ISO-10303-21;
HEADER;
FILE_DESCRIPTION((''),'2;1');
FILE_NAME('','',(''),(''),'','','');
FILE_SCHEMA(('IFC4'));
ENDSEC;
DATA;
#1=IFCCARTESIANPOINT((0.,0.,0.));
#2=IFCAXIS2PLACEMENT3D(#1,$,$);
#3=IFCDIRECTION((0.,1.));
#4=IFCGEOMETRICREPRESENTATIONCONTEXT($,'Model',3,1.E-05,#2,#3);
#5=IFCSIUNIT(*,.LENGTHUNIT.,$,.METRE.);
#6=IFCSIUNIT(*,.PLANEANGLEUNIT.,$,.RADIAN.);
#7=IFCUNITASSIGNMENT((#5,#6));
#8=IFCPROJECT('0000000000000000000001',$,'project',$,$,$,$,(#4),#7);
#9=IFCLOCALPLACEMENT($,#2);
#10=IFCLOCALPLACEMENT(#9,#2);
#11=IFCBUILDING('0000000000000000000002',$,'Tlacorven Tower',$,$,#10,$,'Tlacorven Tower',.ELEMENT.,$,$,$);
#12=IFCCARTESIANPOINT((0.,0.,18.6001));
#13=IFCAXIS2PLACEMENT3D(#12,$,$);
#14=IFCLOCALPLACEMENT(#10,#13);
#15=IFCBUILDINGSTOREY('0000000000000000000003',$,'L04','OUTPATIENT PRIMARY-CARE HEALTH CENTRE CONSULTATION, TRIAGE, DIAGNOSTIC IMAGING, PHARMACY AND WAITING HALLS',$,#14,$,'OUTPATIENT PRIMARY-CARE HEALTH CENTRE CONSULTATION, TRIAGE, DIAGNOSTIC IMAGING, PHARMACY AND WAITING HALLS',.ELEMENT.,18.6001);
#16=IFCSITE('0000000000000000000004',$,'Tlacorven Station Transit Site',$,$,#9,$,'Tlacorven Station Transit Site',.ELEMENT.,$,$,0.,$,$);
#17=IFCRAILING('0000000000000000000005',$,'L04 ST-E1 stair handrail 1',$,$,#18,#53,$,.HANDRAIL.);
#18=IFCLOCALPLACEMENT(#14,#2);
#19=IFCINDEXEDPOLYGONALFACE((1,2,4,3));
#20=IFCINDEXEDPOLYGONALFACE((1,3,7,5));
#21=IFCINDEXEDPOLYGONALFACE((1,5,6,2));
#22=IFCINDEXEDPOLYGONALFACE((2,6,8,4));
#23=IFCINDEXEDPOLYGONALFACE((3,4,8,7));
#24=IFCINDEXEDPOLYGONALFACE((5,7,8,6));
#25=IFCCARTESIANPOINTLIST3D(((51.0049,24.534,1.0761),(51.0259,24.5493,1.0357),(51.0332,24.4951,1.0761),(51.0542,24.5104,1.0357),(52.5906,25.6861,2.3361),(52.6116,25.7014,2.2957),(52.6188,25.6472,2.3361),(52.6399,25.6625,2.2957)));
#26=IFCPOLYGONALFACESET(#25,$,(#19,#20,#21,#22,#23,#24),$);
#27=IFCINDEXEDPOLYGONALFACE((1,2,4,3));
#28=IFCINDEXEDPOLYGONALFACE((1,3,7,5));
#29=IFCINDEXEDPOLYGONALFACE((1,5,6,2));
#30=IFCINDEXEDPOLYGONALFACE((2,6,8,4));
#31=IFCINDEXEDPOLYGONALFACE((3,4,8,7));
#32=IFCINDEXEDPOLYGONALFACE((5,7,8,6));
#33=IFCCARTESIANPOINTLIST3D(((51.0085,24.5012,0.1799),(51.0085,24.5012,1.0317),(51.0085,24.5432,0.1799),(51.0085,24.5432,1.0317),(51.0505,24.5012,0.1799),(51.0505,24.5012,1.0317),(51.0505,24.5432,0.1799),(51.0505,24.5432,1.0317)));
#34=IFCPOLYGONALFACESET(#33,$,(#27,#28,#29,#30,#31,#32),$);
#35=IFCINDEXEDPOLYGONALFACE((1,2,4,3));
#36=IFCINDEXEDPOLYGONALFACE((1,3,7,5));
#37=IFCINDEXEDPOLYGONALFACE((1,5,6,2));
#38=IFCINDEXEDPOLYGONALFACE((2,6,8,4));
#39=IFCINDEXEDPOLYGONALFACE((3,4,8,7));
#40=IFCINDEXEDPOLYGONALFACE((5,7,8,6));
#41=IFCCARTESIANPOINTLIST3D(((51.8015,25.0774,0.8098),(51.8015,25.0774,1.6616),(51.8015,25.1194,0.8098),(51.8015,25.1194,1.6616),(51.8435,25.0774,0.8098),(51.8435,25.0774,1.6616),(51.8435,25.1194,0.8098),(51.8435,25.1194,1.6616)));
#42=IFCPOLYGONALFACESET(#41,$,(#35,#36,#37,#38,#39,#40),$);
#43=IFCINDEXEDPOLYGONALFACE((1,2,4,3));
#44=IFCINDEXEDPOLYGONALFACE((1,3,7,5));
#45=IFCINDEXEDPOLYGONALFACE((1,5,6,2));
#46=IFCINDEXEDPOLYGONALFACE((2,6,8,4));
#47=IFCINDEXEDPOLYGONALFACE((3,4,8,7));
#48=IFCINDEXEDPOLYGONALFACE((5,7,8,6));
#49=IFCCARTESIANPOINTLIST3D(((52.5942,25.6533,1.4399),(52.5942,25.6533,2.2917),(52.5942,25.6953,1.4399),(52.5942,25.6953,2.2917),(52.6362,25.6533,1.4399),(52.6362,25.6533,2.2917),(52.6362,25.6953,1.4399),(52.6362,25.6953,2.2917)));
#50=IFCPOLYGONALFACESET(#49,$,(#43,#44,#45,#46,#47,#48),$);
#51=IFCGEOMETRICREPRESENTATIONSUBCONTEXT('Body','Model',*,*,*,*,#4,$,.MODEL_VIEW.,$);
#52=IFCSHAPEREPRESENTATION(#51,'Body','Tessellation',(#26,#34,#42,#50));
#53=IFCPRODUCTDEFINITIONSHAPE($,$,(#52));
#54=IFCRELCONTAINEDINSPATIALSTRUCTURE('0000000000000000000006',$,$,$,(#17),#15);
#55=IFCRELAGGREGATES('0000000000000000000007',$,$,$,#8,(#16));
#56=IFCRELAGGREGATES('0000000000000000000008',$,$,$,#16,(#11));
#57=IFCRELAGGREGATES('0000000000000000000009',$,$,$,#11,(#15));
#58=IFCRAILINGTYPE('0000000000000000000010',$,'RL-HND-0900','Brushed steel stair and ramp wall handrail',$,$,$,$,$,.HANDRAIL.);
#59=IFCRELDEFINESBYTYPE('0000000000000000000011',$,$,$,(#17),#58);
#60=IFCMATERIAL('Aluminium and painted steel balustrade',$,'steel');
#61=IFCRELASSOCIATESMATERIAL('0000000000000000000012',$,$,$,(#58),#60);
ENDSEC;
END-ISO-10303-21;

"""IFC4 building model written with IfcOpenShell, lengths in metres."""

from ifc_helpers import new_model, si_unit, direction, frame, origin, origin_2d, place, context, subcontext, project, spatial, rectangle, extrude, source, transform, mapped, material, type_object, element, save


model = new_model("IFC4")

# Units and contexts
model_context = context("Model", 3, precision=1e-05, world=origin(), true_north=direction((0.0, 1.0)))
body_context = subcontext(model_context, "Body", "Model", "MODEL_VIEW")
ifc_project = project(units=[si_unit("LENGTHUNIT", "METRE"), si_unit("PLANEANGLEUNIT", "RADIAN")], contexts=[model_context])

# Site, building, storey
site_placement = place(None, origin())
site = spatial("IfcSite", under=ifc_project, at=site_placement, Name="Tlacorven Station Transit Site", LongName="Tlacorven Station Transit Site", CompositionType="ELEMENT", RefElevation=0.0)
building_placement = place(site_placement, origin())
building = spatial("IfcBuilding", under=site, at=building_placement, Name="Tlacorven Tower", LongName="Tlacorven Tower", CompositionType="ELEMENT")
storey_placement = place(building_placement, frame((0.0, 0.0, 18.6001)))
storey = spatial("IfcBuildingStorey", under=building, at=storey_placement, Name="L04", Description="OUTPATIENT PRIMARY-CARE HEALTH CENTRE CONSULTATION, TRIAGE, DIAGNOSTIC IMAGING, PHARMACY AND WAITING HALLS", LongName="OUTPATIENT PRIMARY-CARE HEALTH CENTRE CONSULTATION, TRIAGE, DIAGNOSTIC IMAGING, PHARMACY AND WAITING HALLS", CompositionType="ELEMENT", Elevation=18.6001)

# Railing
ifc_material_1 = material(Name="Aluminium and painted steel balustrade", Category="steel")
railing_type_1 = type_object("IfcRailingType", Name="RL-HND-0900", Description="Brushed steel stair and ramp wall handrail", PredefinedType="HANDRAIL", material=ifc_material_1)
shared_shape_1 = source(origin(), body_context, "Body", "SweptSolid", [
    extrude(rectangle(XDim=0.0481, YDim=0.0481, at=origin_2d()), frame((0.0, 0.0, 0.876), z_axis=(0.680525, 0.494441, 0.540753), x_axis=(-0.587794, 0.809011, 0.0)), (0.0, 0.0, 1.0), 2.3301),
    extrude(rectangle(XDim=0.042, YDim=0.042, at=origin_2d()), origin(), (0.0, 0.0, 1.0), 0.8518),
    extrude(rectangle(XDim=0.042, YDim=0.042, at=origin_2d()), frame((0.793, 0.5762, 0.6299)), (0.0, 0.0, 1.0), 0.8518),
    extrude(rectangle(XDim=0.042, YDim=0.042, at=origin_2d()), frame((1.5857, 1.1521, 1.26)), (0.0, 0.0, 1.0), 0.8518),
])
railing_1_placement = place(storey_placement, frame((51.0295, 24.5222, 0.1799)))
element("IfcRailing", 1, at=railing_1_placement, inside=storey, type_object=railing_type_1, Name="L04 ST-E1 stair handrail 1", PredefinedType="HANDRAIL", context=body_context, shape_type="MappedRepresentation", body=[
    mapped(shared_shape_1, transform((0.0, 0.0, 0.0), scale=1.0)),
])

save(model, "model.ifc")
